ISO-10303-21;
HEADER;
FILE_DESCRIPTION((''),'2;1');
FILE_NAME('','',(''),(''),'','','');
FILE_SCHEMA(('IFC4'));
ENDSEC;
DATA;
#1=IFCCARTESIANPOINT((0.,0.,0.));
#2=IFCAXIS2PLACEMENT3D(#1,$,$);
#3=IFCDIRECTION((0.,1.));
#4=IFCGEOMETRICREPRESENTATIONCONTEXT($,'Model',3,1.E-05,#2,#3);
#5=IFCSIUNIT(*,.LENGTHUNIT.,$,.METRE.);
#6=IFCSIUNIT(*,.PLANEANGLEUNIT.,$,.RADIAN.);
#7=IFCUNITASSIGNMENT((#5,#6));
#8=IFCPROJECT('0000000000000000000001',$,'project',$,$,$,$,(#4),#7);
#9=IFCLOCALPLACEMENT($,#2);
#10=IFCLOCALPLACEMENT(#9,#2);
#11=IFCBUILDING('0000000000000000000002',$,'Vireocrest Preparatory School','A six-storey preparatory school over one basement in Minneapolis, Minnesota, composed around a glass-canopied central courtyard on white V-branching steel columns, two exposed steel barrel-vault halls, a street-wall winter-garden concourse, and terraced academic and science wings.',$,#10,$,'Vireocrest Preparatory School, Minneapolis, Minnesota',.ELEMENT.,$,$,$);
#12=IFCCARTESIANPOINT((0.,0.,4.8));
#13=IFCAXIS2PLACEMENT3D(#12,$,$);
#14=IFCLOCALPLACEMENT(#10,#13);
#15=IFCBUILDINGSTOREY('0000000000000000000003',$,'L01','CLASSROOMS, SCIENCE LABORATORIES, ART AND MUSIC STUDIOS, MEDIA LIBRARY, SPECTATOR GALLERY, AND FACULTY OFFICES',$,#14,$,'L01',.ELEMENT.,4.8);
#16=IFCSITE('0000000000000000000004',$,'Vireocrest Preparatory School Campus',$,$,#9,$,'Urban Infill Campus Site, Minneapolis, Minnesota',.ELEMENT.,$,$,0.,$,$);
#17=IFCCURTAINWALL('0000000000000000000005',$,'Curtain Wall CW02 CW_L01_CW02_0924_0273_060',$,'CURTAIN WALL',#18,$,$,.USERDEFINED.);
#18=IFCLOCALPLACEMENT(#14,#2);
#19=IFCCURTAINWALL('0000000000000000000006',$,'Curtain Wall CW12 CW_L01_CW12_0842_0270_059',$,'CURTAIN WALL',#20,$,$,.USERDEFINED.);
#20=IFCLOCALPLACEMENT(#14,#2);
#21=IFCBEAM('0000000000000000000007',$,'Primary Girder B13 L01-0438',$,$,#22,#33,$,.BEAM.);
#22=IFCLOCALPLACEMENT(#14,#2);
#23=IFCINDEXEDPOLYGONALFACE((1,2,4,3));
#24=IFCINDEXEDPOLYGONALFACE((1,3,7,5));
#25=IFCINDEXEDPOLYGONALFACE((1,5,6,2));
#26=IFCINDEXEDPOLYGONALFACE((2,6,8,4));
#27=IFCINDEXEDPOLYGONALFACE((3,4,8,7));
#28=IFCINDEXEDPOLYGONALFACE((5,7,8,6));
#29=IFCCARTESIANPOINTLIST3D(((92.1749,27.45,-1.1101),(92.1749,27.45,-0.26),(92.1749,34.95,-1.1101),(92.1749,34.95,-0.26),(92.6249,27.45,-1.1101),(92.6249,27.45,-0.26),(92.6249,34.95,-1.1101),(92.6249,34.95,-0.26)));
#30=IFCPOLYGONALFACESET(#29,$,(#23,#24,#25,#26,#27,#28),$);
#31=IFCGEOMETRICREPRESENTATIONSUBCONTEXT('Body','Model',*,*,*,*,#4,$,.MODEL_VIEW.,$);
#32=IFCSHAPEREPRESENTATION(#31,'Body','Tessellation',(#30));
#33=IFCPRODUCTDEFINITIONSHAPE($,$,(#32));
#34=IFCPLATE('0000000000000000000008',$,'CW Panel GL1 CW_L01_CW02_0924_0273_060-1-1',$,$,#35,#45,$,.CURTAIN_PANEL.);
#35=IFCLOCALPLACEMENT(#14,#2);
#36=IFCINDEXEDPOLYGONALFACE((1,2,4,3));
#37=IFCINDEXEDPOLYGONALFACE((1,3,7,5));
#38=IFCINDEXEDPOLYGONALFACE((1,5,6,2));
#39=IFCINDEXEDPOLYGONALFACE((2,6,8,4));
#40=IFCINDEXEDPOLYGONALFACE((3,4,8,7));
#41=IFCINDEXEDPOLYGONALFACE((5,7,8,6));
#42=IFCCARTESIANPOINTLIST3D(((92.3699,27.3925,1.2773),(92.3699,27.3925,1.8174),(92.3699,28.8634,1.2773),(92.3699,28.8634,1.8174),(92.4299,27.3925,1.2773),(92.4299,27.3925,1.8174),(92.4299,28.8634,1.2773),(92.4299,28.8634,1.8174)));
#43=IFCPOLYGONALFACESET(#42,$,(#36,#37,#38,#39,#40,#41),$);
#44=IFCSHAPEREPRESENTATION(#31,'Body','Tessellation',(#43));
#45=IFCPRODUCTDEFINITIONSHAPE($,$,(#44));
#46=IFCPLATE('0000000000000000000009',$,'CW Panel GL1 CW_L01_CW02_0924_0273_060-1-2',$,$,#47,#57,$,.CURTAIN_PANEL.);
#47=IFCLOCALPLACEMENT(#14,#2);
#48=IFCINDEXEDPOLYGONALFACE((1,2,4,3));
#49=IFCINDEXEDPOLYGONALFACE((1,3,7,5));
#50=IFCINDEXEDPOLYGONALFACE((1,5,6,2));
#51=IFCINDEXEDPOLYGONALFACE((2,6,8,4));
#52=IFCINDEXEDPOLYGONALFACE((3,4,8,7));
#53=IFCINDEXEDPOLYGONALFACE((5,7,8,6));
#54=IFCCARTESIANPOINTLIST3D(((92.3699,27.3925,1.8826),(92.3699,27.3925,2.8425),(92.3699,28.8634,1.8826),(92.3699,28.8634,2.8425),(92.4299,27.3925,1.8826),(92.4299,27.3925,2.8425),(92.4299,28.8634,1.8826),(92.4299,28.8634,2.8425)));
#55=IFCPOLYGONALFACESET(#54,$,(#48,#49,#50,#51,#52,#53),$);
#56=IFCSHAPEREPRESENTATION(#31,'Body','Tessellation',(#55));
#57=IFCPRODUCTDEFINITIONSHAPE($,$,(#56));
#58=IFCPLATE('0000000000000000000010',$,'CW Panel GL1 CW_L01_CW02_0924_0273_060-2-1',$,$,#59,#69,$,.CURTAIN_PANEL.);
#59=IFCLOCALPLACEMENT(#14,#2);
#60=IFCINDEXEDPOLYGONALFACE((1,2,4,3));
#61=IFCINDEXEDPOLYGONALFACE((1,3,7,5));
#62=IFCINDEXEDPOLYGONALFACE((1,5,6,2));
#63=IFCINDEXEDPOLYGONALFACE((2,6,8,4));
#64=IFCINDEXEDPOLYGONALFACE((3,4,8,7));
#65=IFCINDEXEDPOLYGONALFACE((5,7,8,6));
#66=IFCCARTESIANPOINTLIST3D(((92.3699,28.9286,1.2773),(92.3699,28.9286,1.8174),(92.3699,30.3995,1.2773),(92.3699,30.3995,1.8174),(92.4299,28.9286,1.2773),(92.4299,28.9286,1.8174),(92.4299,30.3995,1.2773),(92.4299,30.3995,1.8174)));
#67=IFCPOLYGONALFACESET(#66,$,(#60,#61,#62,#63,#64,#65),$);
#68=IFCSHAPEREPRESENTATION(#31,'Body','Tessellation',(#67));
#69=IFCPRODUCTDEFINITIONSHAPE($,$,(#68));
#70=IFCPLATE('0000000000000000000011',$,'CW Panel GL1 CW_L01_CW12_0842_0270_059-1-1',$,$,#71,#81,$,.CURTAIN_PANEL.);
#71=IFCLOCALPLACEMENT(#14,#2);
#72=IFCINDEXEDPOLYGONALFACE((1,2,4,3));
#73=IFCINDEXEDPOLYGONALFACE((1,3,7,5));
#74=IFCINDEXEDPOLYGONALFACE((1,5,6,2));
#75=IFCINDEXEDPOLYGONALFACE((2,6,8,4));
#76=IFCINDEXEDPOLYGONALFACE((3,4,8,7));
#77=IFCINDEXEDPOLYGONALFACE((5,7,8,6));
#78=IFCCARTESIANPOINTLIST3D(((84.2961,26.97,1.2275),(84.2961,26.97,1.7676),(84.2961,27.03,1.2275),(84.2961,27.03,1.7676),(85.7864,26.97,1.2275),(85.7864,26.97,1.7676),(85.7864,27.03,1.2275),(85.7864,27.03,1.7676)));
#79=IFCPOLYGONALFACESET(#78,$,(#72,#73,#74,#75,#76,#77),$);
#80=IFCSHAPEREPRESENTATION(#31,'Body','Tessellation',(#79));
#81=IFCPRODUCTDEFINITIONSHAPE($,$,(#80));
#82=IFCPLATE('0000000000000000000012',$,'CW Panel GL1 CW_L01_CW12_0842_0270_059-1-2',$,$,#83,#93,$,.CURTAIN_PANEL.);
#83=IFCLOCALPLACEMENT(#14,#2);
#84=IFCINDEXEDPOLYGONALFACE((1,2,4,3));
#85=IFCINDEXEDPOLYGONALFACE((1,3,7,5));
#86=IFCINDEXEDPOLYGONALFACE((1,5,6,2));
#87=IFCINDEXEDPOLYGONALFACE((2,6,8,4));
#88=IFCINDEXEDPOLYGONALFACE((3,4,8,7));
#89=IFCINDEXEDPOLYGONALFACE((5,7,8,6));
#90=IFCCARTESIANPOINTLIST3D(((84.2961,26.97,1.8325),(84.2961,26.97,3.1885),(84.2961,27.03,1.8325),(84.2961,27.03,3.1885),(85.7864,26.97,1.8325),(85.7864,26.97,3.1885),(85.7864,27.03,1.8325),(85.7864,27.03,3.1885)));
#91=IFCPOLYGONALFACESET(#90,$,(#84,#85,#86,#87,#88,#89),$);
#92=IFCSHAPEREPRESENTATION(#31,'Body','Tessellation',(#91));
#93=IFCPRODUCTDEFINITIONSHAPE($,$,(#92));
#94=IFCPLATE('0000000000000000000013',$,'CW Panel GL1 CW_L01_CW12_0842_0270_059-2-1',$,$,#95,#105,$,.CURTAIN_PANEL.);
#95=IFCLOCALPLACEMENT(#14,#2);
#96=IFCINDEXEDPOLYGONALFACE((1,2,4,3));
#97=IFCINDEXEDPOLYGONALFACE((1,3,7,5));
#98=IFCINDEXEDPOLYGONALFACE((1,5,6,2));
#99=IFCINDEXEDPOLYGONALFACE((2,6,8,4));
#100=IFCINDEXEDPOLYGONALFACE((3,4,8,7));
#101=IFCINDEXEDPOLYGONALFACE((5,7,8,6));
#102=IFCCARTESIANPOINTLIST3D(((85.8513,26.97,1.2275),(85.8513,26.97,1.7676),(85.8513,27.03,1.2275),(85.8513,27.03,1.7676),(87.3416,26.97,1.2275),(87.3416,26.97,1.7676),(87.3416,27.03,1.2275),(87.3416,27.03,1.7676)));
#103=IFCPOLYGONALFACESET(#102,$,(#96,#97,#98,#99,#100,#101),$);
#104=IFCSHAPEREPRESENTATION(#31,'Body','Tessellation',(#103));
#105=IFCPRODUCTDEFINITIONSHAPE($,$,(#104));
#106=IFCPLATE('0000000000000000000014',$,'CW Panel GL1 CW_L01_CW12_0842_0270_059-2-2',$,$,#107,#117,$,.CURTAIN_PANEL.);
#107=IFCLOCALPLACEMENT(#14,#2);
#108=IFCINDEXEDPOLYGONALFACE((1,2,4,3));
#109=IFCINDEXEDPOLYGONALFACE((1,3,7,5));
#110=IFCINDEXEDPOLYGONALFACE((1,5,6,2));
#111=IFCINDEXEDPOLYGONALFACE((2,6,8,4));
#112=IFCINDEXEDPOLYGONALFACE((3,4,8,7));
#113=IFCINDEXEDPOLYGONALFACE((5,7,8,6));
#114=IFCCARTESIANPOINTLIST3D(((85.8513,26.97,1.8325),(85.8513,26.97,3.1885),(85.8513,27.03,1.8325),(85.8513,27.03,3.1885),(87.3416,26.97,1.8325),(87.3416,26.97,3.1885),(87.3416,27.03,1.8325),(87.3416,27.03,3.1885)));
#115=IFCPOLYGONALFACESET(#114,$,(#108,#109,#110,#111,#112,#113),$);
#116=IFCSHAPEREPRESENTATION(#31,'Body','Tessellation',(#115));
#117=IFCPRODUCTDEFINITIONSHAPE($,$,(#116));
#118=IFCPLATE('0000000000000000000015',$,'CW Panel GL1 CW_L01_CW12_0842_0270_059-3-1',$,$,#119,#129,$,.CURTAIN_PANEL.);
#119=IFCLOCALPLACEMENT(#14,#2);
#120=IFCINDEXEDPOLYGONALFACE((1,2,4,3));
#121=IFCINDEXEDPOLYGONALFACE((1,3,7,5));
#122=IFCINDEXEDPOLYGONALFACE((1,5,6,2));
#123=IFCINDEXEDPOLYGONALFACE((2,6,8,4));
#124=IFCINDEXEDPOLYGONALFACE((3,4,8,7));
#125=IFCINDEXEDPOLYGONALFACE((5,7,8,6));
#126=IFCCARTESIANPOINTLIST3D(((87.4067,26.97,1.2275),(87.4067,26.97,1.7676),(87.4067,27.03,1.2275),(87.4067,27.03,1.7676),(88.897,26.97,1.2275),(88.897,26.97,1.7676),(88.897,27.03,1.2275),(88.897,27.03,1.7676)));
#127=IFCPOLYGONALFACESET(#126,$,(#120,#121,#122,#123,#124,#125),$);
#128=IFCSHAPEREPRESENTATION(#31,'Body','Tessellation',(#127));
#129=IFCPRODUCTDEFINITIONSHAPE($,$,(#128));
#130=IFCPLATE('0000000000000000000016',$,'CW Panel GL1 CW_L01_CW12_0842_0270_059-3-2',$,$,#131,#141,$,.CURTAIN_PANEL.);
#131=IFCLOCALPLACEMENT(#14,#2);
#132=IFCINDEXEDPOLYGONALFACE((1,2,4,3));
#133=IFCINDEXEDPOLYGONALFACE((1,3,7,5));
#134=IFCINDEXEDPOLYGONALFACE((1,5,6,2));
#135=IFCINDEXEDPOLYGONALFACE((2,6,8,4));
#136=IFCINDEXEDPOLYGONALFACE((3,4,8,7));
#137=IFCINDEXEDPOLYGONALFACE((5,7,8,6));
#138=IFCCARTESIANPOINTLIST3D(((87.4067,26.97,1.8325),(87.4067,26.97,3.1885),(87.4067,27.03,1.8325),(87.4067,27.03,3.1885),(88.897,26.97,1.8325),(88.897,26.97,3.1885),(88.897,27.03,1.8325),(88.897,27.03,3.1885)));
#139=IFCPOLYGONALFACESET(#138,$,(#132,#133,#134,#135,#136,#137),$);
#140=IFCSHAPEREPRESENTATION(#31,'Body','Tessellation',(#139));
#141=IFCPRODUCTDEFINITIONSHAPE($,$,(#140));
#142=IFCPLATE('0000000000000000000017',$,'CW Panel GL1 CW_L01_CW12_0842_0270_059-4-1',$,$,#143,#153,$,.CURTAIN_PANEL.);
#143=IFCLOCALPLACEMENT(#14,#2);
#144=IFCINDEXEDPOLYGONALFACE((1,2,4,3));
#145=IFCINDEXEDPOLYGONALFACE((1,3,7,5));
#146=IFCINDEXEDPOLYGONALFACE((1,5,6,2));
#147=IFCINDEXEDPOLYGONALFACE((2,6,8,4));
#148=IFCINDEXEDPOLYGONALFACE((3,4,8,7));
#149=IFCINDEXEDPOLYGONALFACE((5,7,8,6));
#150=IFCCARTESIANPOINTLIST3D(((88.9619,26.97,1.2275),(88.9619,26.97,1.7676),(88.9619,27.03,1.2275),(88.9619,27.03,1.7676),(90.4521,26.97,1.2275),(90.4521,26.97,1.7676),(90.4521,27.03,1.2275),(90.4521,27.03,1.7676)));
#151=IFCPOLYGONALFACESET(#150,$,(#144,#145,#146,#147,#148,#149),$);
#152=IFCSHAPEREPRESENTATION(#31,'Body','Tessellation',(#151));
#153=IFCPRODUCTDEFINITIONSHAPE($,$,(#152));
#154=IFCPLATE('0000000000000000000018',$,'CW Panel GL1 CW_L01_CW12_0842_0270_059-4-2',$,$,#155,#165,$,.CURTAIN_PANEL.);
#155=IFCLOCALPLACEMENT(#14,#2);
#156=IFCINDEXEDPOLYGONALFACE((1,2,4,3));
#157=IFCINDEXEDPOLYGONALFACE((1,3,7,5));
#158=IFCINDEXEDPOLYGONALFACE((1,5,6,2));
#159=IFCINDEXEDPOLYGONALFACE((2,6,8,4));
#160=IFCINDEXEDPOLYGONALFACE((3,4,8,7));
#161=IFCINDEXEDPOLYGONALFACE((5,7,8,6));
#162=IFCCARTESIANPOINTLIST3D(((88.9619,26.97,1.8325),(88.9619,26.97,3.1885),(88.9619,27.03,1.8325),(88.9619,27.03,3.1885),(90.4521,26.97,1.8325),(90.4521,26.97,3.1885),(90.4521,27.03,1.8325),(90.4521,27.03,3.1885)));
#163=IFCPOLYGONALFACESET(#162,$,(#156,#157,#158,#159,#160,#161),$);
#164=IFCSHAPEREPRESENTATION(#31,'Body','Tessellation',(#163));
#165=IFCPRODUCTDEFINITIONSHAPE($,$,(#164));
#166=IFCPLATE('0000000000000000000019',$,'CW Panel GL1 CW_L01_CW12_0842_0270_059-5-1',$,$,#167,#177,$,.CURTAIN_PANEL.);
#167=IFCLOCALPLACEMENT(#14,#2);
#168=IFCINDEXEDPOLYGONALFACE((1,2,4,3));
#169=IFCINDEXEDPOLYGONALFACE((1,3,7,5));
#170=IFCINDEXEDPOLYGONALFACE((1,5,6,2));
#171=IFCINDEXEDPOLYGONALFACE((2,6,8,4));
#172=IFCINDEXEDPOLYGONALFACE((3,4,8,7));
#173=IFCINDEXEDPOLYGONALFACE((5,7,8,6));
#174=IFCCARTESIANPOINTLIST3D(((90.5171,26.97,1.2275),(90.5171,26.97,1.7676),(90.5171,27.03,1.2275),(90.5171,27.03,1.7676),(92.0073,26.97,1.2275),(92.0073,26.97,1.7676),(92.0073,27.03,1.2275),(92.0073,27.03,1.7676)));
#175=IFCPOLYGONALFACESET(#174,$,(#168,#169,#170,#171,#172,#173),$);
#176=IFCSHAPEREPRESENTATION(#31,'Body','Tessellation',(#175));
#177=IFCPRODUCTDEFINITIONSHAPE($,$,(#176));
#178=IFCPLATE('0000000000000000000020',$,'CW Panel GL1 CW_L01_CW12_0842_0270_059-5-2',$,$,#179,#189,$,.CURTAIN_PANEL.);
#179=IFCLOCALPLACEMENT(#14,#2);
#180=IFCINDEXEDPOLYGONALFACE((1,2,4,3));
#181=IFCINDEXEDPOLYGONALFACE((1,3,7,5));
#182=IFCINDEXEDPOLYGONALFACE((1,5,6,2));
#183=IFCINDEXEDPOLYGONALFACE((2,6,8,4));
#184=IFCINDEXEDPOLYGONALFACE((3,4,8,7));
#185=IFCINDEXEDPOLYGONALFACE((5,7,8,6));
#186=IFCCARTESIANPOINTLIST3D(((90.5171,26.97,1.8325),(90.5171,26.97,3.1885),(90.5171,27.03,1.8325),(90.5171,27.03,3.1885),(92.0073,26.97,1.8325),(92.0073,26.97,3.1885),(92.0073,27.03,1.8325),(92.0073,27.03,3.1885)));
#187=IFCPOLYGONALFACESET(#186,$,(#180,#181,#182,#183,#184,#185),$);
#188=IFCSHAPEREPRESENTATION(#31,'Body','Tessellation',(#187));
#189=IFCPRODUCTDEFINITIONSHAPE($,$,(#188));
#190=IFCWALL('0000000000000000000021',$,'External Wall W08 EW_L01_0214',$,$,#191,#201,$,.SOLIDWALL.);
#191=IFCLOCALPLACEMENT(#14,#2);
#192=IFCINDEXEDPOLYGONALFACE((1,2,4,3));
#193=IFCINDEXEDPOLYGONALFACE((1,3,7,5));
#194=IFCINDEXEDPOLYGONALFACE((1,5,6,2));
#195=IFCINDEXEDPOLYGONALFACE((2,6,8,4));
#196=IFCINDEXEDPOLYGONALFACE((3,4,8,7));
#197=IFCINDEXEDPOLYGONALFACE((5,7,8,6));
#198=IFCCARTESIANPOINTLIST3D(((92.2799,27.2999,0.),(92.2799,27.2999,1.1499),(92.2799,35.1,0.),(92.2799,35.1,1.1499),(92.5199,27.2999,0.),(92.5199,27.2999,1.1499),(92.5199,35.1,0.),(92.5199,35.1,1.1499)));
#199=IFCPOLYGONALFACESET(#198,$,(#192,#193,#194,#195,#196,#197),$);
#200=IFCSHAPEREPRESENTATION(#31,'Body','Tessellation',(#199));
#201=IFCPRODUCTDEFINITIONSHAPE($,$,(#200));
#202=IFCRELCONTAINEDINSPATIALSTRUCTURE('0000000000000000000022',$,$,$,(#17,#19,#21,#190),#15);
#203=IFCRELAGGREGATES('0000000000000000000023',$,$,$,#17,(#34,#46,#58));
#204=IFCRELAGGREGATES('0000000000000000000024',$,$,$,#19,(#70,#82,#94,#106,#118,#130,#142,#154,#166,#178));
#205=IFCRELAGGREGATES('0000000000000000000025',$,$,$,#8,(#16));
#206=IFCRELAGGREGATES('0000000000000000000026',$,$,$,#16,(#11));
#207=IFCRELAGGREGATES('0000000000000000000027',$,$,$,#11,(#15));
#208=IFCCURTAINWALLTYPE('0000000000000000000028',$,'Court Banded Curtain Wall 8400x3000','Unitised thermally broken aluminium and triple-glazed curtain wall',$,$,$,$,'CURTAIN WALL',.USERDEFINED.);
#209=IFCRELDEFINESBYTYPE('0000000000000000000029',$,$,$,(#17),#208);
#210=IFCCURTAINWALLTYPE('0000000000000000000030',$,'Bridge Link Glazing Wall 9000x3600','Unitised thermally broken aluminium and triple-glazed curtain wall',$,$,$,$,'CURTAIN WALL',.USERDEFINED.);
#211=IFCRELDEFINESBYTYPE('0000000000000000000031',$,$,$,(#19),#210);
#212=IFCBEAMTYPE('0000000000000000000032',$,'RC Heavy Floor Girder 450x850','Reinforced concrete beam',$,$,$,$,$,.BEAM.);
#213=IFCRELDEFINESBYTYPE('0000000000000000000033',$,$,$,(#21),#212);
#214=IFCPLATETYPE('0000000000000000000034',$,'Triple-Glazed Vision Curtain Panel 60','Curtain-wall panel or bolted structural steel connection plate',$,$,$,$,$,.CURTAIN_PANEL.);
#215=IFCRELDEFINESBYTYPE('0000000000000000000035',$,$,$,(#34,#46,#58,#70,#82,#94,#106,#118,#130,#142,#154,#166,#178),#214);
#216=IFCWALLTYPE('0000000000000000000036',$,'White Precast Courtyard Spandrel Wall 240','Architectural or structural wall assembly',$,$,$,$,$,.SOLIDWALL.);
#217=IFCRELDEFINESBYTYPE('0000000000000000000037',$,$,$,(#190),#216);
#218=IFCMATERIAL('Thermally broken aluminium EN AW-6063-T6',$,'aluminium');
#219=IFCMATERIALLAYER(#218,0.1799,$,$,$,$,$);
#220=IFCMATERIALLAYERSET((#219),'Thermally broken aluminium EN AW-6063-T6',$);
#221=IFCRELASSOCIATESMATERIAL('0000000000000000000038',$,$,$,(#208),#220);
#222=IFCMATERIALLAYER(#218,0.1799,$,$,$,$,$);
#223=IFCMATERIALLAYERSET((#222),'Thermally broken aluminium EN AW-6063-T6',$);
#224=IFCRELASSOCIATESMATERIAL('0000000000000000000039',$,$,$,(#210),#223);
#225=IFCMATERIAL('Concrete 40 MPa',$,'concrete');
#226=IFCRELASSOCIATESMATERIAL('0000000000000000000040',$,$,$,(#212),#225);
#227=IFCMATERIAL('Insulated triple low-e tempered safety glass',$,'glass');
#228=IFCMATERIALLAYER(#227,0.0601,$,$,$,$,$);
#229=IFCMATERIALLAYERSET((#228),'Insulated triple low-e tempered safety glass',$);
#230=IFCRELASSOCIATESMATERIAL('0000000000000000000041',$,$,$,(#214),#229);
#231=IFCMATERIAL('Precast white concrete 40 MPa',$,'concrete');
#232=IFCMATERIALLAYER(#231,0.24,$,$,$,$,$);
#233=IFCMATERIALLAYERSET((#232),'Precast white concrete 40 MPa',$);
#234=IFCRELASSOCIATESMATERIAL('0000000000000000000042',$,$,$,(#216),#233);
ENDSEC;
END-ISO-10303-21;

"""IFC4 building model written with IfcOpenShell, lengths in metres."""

from ifc_helpers import new_model, si_unit, direction, frame, frame_2d, origin, origin_2d, place, context, subcontext, project, spatial, rectangle, extrude, material, layer, layer_set, material_profile, profile_set, type_object, element, aggregate, save


model = new_model("IFC4")

# Units and contexts
model_context = context("Model", 3, precision=1e-05, world=origin(), true_north=direction((0.0, 1.0)))
body_context = subcontext(model_context, "Body", "Model", "MODEL_VIEW")
ifc_project = project(units=[si_unit("LENGTHUNIT", "METRE"), si_unit("PLANEANGLEUNIT", "RADIAN")], contexts=[model_context])

# Site, building, storey
site_placement = place(None, origin())
site = spatial("IfcSite", under=ifc_project, at=site_placement, Name="Vireocrest Preparatory School Campus", LongName="Urban Infill Campus Site, Minneapolis, Minnesota", CompositionType="ELEMENT", RefElevation=0.0)
building_placement = place(site_placement, origin())
building = spatial("IfcBuilding", under=site, at=building_placement, Name="Vireocrest Preparatory School", Description="A six-storey preparatory school over one basement in Minneapolis, Minnesota, composed around a glass-canopied central courtyard on white V-branching steel columns, two exposed steel barrel-vault halls, a street-wall winter-garden concourse, and terraced academic and science wings.", LongName="Vireocrest Preparatory School, Minneapolis, Minnesota", CompositionType="ELEMENT")
storey_placement = place(building_placement, frame((0.0, 0.0, 4.8)))
storey = spatial("IfcBuildingStorey", under=building, at=storey_placement, Name="L01", Description="CLASSROOMS, SCIENCE LABORATORIES, ART AND MUSIC STUDIOS, MEDIA LIBRARY, SPECTATOR GALLERY, AND FACULTY OFFICES", LongName="L01", CompositionType="ELEMENT", Elevation=4.8)

# Curtain walls
ifc_material_1 = material(Name="Thermally broken aluminium EN AW-6063-T6", Category="aluminium")
ifc_layer_1 = layer(ifc_material_1, 0.1799)
ifc_layer_set_1 = layer_set([ifc_layer_1], Name="Thermally broken aluminium EN AW-6063-T6")
curtain_wall_type_1 = type_object("IfcCurtainWallType", Name="Court Banded Curtain Wall 8400x3000", Description="Unitised thermally broken aluminium and triple-glazed curtain wall", ElementType="CURTAIN WALL", PredefinedType="USERDEFINED", material=ifc_layer_set_1)
curtain_wall_1_placement = place(storey_placement, origin())
curtain_wall_1 = element("IfcCurtainWall", 1, at=curtain_wall_1_placement, inside=storey, type_object=curtain_wall_type_1, Name="Curtain Wall CW02 CW_L01_CW02_0924_0273_060", ObjectType="CURTAIN WALL", PredefinedType="USERDEFINED")
ifc_layer_2 = layer(ifc_material_1, 0.1799)
ifc_layer_set_2 = layer_set([ifc_layer_2], Name="Thermally broken aluminium EN AW-6063-T6")
curtain_wall_type_2 = type_object("IfcCurtainWallType", Name="Bridge Link Glazing Wall 9000x3600", Description="Unitised thermally broken aluminium and triple-glazed curtain wall", ElementType="CURTAIN WALL", PredefinedType="USERDEFINED", material=ifc_layer_set_2)
curtain_wall_2_placement = place(storey_placement, origin())
curtain_wall_2 = element("IfcCurtainWall", 2, at=curtain_wall_2_placement, inside=storey, type_object=curtain_wall_type_2, Name="Curtain Wall CW12 CW_L01_CW12_0842_0270_059", ObjectType="CURTAIN WALL", PredefinedType="USERDEFINED")

# Beam
ifc_material_2 = material(Name="Concrete 40 MPa", Category="concrete")
ifc_material_profile_1 = material_profile(ifc_material_2, rectangle(XDim=0.45, YDim=0.8501, at=origin_2d()), Name="RC 450x850")
ifc_profile_set_1 = profile_set([ifc_material_profile_1], Name="Concrete 40 MPa")
beam_type = type_object("IfcBeamType", Name="RC Heavy Floor Girder 450x850", Description="Reinforced concrete beam", PredefinedType="BEAM", material=ifc_profile_set_1)
beam_placement = place(storey_placement, frame((92.3999, 27.45, -0.6851), z_axis=(0.0, 1.0, 0.0), x_axis=(-1.0, 0.0, 0.0)))
element("IfcBeam", 3, at=beam_placement, inside=storey, type_object=beam_type, Name="Primary Girder B13 L01-0438", PredefinedType="BEAM", context=body_context, shape_type="SweptSolid", body=[
    extrude(rectangle(XDim=0.45, YDim=0.8501, at=origin_2d()), origin(), (0.0, 0.0, 1.0), 7.5),
])

# Plates
ifc_material_3 = material(Name="Insulated triple low-e tempered safety glass", Category="glass")
ifc_layer_3 = layer(ifc_material_3, 0.0601)
ifc_layer_set_3 = layer_set([ifc_layer_3], Name="Insulated triple low-e tempered safety glass")
plate_type = type_object("IfcPlateType", Name="Triple-Glazed Vision Curtain Panel 60", Description="Curtain-wall panel or bolted structural steel connection plate", PredefinedType="CURTAIN_PANEL", material=ifc_layer_set_3)
plate_1_placement = place(storey_placement, frame((92.3999, 28.1279, 1.2773), z_axis=(0.0, 0.0, 1.0), x_axis=(0.0, 1.0, 0.0)))
plate_1 = element("IfcPlate", 4, at=plate_1_placement, type_object=plate_type, Name="CW Panel GL1 CW_L01_CW02_0924_0273_060-1-1", PredefinedType="CURTAIN_PANEL", context=body_context, shape_type="SweptSolid", body=[
    extrude(rectangle(XDim=1.4709, YDim=0.0601, at=origin_2d()), origin(), (0.0, 0.0, 1.0), 0.54),
])
plate_2_placement = place(storey_placement, frame((92.3999, 28.1279, 1.8826), z_axis=(0.0, 0.0, 1.0), x_axis=(0.0, 1.0, 0.0)))
plate_2 = element("IfcPlate", 5, at=plate_2_placement, type_object=plate_type, Name="CW Panel GL1 CW_L01_CW02_0924_0273_060-1-2", PredefinedType="CURTAIN_PANEL", context=body_context, shape_type="SweptSolid", body=[
    extrude(rectangle(XDim=1.4709, YDim=0.0601, at=origin_2d()), origin(), (0.0, 0.0, 1.0), 0.96),
])
plate_3_placement = place(storey_placement, frame((92.3999, 29.6641, 1.2773), z_axis=(0.0, 0.0, 1.0), x_axis=(0.0, 1.0, 0.0)))
plate_3 = element("IfcPlate", 6, at=plate_3_placement, type_object=plate_type, Name="CW Panel GL1 CW_L01_CW02_0924_0273_060-2-1", PredefinedType="CURTAIN_PANEL", context=body_context, shape_type="SweptSolid", body=[
    extrude(rectangle(XDim=1.4709, YDim=0.0601, at=origin_2d()), origin(), (0.0, 0.0, 1.0), 0.54),
])
aggregate(curtain_wall_1, [plate_1, plate_2, plate_3])
plate_4_placement = place(storey_placement, frame((85.0413, 27.0, 1.2275), z_axis=(0.0, 0.0, 1.0), x_axis=(1.0, 0.0, 0.0)))
plate_4 = element("IfcPlate", 7, at=plate_4_placement, type_object=plate_type, Name="CW Panel GL1 CW_L01_CW12_0842_0270_059-1-1", PredefinedType="CURTAIN_PANEL", context=body_context, shape_type="SweptSolid", body=[
    extrude(rectangle(XDim=1.4902, YDim=0.0601, at=origin_2d()), origin(), (0.0, 0.0, 1.0), 0.54),
])
plate_5_placement = place(storey_placement, frame((85.0413, 27.0, 1.8325), z_axis=(0.0, 0.0, 1.0), x_axis=(1.0, 0.0, 0.0)))
plate_5 = element("IfcPlate", 8, at=plate_5_placement, type_object=plate_type, Name="CW Panel GL1 CW_L01_CW12_0842_0270_059-1-2", PredefinedType="CURTAIN_PANEL", context=body_context, shape_type="SweptSolid", body=[
    extrude(rectangle(XDim=1.4902, YDim=0.0601, at=origin_2d()), origin(), (0.0, 0.0, 1.0), 1.356),
])
plate_6_placement = place(storey_placement, frame((86.5964, 27.0, 1.2275), z_axis=(0.0, 0.0, 1.0), x_axis=(1.0, 0.0, 0.0)))
plate_6 = element("IfcPlate", 9, at=plate_6_placement, type_object=plate_type, Name="CW Panel GL1 CW_L01_CW12_0842_0270_059-2-1", PredefinedType="CURTAIN_PANEL", context=body_context, shape_type="SweptSolid", body=[
    extrude(rectangle(XDim=1.4902, YDim=0.0601, at=origin_2d()), origin(), (0.0, 0.0, 1.0), 0.54),
])
plate_7_placement = place(storey_placement, frame((86.5964, 27.0, 1.8325), z_axis=(0.0, 0.0, 1.0), x_axis=(1.0, 0.0, 0.0)))
plate_7 = element("IfcPlate", 10, at=plate_7_placement, type_object=plate_type, Name="CW Panel GL1 CW_L01_CW12_0842_0270_059-2-2", PredefinedType="CURTAIN_PANEL", context=body_context, shape_type="SweptSolid", body=[
    extrude(rectangle(XDim=1.4902, YDim=0.0601, at=origin_2d()), origin(), (0.0, 0.0, 1.0), 1.356),
])
plate_8_placement = place(storey_placement, frame((88.1519, 27.0, 1.2275), z_axis=(0.0, 0.0, 1.0), x_axis=(1.0, 0.0, 0.0)))
plate_8 = element("IfcPlate", 11, at=plate_8_placement, type_object=plate_type, Name="CW Panel GL1 CW_L01_CW12_0842_0270_059-3-1", PredefinedType="CURTAIN_PANEL", context=body_context, shape_type="SweptSolid", body=[
    extrude(rectangle(XDim=1.4902, YDim=0.0601, at=origin_2d()), origin(), (0.0, 0.0, 1.0), 0.54),
])
plate_9_placement = place(storey_placement, frame((88.1519, 27.0, 1.8325), z_axis=(0.0, 0.0, 1.0), x_axis=(1.0, 0.0, 0.0)))
plate_9 = element("IfcPlate", 12, at=plate_9_placement, type_object=plate_type, Name="CW Panel GL1 CW_L01_CW12_0842_0270_059-3-2", PredefinedType="CURTAIN_PANEL", context=body_context, shape_type="SweptSolid", body=[
    extrude(rectangle(XDim=1.4902, YDim=0.0601, at=origin_2d()), origin(), (0.0, 0.0, 1.0), 1.356),
])
plate_10_placement = place(storey_placement, frame((89.707, 27.0, 1.2275), z_axis=(0.0, 0.0, 1.0), x_axis=(1.0, 0.0, 0.0)))
plate_10 = element("IfcPlate", 13, at=plate_10_placement, type_object=plate_type, Name="CW Panel GL1 CW_L01_CW12_0842_0270_059-4-1", PredefinedType="CURTAIN_PANEL", context=body_context, shape_type="SweptSolid", body=[
    extrude(rectangle(XDim=1.4902, YDim=0.0601, at=origin_2d()), origin(), (0.0, 0.0, 1.0), 0.54),
])
plate_11_placement = place(storey_placement, frame((89.707, 27.0, 1.8325), z_axis=(0.0, 0.0, 1.0), x_axis=(1.0, 0.0, 0.0)))
plate_11 = element("IfcPlate", 14, at=plate_11_placement, type_object=plate_type, Name="CW Panel GL1 CW_L01_CW12_0842_0270_059-4-2", PredefinedType="CURTAIN_PANEL", context=body_context, shape_type="SweptSolid", body=[
    extrude(rectangle(XDim=1.4902, YDim=0.0601, at=origin_2d()), origin(), (0.0, 0.0, 1.0), 1.356),
])
plate_12_placement = place(storey_placement, frame((91.2622, 27.0, 1.2275), z_axis=(0.0, 0.0, 1.0), x_axis=(1.0, 0.0, 0.0)))
plate_12 = element("IfcPlate", 15, at=plate_12_placement, type_object=plate_type, Name="CW Panel GL1 CW_L01_CW12_0842_0270_059-5-1", PredefinedType="CURTAIN_PANEL", context=body_context, shape_type="SweptSolid", body=[
    extrude(rectangle(XDim=1.4902, YDim=0.0601, at=origin_2d()), origin(), (0.0, 0.0, 1.0), 0.54),
])
plate_13_placement = place(storey_placement, frame((91.2622, 27.0, 1.8325), z_axis=(0.0, 0.0, 1.0), x_axis=(1.0, 0.0, 0.0)))
plate_13 = element("IfcPlate", 16, at=plate_13_placement, type_object=plate_type, Name="CW Panel GL1 CW_L01_CW12_0842_0270_059-5-2", PredefinedType="CURTAIN_PANEL", context=body_context, shape_type="SweptSolid", body=[
    extrude(rectangle(XDim=1.4902, YDim=0.0601, at=origin_2d()), origin(), (0.0, 0.0, 1.0), 1.356),
])
aggregate(curtain_wall_2, [plate_4, plate_5, plate_6, plate_7, plate_8, plate_9, plate_10, plate_11, plate_12, plate_13])

# Wall
ifc_material_4 = material(Name="Precast white concrete 40 MPa", Category="concrete")
ifc_layer_4 = layer(ifc_material_4, 0.24)
ifc_layer_set_4 = layer_set([ifc_layer_4], Name="Precast white concrete 40 MPa")
wall_type = type_object("IfcWallType", Name="White Precast Courtyard Spandrel Wall 240", Description="Architectural or structural wall assembly", PredefinedType="SOLIDWALL", material=ifc_layer_set_4)
wall_placement = place(storey_placement, frame((92.3999, 27.3, 0.0), z_axis=(0.0, 0.0, 1.0), x_axis=(0.0, 1.0, 0.0)))
element("IfcWall", 17, at=wall_placement, inside=storey, type_object=wall_type, Name="External Wall W08 EW_L01_0214", PredefinedType="SOLIDWALL", context=body_context, shape_type="SweptSolid", body=[
    extrude(rectangle(XDim=7.8, YDim=0.24, at=frame_2d((3.8999, 0.0))), origin(), (0.0, 0.0, 1.0), 1.1499),
])

save(model, "model.ifc")
